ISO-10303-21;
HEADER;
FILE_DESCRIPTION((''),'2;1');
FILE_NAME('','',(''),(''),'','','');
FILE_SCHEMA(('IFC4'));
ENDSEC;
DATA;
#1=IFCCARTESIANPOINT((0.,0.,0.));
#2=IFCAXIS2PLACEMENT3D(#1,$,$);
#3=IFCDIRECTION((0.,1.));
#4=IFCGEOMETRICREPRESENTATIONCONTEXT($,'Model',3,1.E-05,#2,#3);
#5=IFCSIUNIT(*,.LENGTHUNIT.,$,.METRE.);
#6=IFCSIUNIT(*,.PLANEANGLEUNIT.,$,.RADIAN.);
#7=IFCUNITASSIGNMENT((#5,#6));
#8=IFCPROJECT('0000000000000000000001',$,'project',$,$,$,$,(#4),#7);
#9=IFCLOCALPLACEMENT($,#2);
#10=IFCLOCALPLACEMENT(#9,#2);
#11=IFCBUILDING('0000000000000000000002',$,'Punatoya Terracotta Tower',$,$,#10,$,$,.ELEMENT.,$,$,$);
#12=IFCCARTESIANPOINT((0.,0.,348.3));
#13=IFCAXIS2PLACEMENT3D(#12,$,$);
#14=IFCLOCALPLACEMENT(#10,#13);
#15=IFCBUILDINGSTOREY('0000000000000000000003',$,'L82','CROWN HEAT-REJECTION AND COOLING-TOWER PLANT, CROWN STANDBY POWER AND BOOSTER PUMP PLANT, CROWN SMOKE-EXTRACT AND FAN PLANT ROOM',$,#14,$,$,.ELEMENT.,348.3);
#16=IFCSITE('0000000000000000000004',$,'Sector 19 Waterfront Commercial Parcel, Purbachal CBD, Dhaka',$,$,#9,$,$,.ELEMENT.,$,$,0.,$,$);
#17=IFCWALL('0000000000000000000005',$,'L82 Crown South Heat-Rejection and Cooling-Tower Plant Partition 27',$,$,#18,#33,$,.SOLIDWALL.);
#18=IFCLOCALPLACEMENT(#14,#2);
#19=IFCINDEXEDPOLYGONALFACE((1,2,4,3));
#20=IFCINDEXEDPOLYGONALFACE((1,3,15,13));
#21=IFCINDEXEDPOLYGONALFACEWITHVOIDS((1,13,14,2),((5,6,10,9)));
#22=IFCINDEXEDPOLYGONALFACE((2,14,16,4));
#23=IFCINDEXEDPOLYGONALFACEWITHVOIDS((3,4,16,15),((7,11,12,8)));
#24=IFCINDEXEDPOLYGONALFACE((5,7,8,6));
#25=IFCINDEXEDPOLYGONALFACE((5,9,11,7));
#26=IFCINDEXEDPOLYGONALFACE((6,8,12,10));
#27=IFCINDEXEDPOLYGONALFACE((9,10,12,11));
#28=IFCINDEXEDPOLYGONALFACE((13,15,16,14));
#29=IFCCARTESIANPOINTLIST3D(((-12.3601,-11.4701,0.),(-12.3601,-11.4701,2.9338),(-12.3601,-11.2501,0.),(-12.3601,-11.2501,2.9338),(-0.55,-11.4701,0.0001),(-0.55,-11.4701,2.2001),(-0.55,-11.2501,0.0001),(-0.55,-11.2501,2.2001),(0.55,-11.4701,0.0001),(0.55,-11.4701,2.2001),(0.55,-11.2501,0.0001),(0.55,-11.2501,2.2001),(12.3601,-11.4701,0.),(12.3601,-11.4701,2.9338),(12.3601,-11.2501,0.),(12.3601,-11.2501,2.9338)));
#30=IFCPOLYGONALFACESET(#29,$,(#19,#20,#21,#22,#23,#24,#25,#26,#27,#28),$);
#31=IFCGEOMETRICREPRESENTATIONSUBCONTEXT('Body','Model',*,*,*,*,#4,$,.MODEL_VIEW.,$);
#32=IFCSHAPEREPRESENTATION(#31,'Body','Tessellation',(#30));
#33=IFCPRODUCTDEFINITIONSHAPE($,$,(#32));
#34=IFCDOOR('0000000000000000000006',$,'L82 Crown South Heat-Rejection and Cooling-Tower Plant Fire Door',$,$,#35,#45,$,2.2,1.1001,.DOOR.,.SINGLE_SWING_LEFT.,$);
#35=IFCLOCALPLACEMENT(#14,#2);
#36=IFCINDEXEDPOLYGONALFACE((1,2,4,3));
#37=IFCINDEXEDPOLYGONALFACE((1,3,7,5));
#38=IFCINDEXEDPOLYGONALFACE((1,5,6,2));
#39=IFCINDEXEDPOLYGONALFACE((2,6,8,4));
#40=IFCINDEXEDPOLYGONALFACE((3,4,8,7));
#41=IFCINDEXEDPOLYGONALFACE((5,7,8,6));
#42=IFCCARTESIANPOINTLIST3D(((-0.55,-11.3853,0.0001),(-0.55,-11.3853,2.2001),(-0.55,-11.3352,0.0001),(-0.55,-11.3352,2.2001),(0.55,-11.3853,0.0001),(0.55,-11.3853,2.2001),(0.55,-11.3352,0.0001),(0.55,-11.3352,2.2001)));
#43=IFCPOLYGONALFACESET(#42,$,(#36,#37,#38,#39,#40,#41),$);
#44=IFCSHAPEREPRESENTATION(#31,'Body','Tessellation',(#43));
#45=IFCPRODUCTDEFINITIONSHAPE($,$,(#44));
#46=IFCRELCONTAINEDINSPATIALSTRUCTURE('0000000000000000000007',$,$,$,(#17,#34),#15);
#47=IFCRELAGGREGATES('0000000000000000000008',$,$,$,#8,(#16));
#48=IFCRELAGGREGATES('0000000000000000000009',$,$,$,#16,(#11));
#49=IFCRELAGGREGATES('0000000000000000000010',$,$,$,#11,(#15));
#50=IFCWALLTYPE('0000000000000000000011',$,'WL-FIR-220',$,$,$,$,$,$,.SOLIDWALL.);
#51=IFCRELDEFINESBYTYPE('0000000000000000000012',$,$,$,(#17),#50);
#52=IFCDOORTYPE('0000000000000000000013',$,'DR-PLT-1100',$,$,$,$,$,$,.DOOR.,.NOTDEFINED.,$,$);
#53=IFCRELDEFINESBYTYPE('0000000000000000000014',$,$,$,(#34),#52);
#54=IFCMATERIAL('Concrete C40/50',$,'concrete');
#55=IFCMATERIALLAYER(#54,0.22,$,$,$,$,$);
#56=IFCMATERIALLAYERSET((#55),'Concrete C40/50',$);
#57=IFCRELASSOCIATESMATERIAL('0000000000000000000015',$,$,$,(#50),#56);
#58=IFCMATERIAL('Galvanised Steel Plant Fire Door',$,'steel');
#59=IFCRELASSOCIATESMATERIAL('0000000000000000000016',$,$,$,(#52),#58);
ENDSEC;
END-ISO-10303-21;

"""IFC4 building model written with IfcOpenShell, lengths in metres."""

from ifc_helpers import new_model, si_unit, direction, frame, frame_2d, origin, place, context, subcontext, project, spatial, rectangle, extrude, material, layer, layer_set, type_object, element, fill, save


model = new_model("IFC4")

# Units and contexts
model_context = context("Model", 3, precision=1e-05, world=origin(), true_north=direction((0.0, 1.0)))
body_context = subcontext(model_context, "Body", "Model", "MODEL_VIEW")
ifc_project = project(units=[si_unit("LENGTHUNIT", "METRE"), si_unit("PLANEANGLEUNIT", "RADIAN")], contexts=[model_context])

# Site, building, storey
site_placement = place(None, origin())
site = spatial("IfcSite", under=ifc_project, at=site_placement, Name="Sector 19 Waterfront Commercial Parcel, Purbachal CBD, Dhaka", CompositionType="ELEMENT", RefElevation=0.0)
building_placement = place(site_placement, origin())
building = spatial("IfcBuilding", under=site, at=building_placement, Name="Punatoya Terracotta Tower", CompositionType="ELEMENT")
storey_placement = place(building_placement, frame((0.0, 0.0, 348.3)))
storey = spatial("IfcBuildingStorey", under=building, at=storey_placement, Name="L82", Description="CROWN HEAT-REJECTION AND COOLING-TOWER PLANT, CROWN STANDBY POWER AND BOOSTER PUMP PLANT, CROWN SMOKE-EXTRACT AND FAN PLANT ROOM", CompositionType="ELEMENT", Elevation=348.3)

# Wall, opening, door
ifc_material_1 = material(Name="Concrete C40/50", Category="concrete")
ifc_layer_1 = layer(ifc_material_1, 0.22)
ifc_layer_set_1 = layer_set([ifc_layer_1], Name="Concrete C40/50")
wall_type_1 = type_object("IfcWallType", Name="WL-FIR-220", PredefinedType="SOLIDWALL", material=ifc_layer_set_1)
wall_1_placement = place(storey_placement, frame((-12.3601, -11.3601, 0.0), z_axis=(0.0, 0.0, 1.0), x_axis=(1.0, 0.0, 0.0)))
wall_1 = element("IfcWall", 1, at=wall_1_placement, inside=storey, type_object=wall_type_1, Name="L82 Crown South Heat-Rejection and Cooling-Tower Plant Partition 27", PredefinedType="SOLIDWALL", context=body_context, shape_type="SweptSolid", body=[
    extrude(rectangle(XDim=24.7202, YDim=0.22, at=frame_2d((12.3601, 0.0))), origin(), (0.0, 0.0, 1.0), 2.9338),
])
opening_placement = place(wall_1_placement, frame((11.8101, 0.0, 0.0)))
opening = element("IfcOpeningElement", 2, at=opening_placement, cuts=wall_1, PredefinedType="OPENING", context=body_context, shape_type="SweptSolid", body=[
    extrude(rectangle(XDim=1.1001, YDim=2.2, at=frame_2d((0.55, 1.1001))), frame((0.0, 0.1199, 0.0), z_axis=(0.0, -1.0, 0.0), x_axis=(1.0, 0.0, 0.0)), (0.0, 0.0, 1.0), 0.24),
])
ifc_material_2 = material(Name="Galvanised Steel Plant Fire Door", Category="steel")
door_type = type_object("IfcDoorType", Name="DR-PLT-1100", OperationType="NOTDEFINED", PredefinedType="DOOR", material=ifc_material_2)
door_placement = place(opening_placement, origin())
door = element("IfcDoor", 3, at=door_placement, inside=storey, type_object=door_type, Name="L82 Crown South Heat-Rejection and Cooling-Tower Plant Fire Door", OperationType="SINGLE_SWING_LEFT", OverallHeight=2.2, OverallWidth=1.1001, PredefinedType="DOOR", context=body_context, shape_type="SweptSolid", body=[
    extrude(rectangle(XDim=1.1001, YDim=2.2, at=frame_2d((0.55, 1.1001))), frame((0.0, 0.0249, 0.0), z_axis=(0.0, -1.0, 0.0), x_axis=(1.0, 0.0, 0.0)), (0.0, 0.0, 1.0), 0.05),
])
fill(opening, door)

save(model, "model.ifc")
